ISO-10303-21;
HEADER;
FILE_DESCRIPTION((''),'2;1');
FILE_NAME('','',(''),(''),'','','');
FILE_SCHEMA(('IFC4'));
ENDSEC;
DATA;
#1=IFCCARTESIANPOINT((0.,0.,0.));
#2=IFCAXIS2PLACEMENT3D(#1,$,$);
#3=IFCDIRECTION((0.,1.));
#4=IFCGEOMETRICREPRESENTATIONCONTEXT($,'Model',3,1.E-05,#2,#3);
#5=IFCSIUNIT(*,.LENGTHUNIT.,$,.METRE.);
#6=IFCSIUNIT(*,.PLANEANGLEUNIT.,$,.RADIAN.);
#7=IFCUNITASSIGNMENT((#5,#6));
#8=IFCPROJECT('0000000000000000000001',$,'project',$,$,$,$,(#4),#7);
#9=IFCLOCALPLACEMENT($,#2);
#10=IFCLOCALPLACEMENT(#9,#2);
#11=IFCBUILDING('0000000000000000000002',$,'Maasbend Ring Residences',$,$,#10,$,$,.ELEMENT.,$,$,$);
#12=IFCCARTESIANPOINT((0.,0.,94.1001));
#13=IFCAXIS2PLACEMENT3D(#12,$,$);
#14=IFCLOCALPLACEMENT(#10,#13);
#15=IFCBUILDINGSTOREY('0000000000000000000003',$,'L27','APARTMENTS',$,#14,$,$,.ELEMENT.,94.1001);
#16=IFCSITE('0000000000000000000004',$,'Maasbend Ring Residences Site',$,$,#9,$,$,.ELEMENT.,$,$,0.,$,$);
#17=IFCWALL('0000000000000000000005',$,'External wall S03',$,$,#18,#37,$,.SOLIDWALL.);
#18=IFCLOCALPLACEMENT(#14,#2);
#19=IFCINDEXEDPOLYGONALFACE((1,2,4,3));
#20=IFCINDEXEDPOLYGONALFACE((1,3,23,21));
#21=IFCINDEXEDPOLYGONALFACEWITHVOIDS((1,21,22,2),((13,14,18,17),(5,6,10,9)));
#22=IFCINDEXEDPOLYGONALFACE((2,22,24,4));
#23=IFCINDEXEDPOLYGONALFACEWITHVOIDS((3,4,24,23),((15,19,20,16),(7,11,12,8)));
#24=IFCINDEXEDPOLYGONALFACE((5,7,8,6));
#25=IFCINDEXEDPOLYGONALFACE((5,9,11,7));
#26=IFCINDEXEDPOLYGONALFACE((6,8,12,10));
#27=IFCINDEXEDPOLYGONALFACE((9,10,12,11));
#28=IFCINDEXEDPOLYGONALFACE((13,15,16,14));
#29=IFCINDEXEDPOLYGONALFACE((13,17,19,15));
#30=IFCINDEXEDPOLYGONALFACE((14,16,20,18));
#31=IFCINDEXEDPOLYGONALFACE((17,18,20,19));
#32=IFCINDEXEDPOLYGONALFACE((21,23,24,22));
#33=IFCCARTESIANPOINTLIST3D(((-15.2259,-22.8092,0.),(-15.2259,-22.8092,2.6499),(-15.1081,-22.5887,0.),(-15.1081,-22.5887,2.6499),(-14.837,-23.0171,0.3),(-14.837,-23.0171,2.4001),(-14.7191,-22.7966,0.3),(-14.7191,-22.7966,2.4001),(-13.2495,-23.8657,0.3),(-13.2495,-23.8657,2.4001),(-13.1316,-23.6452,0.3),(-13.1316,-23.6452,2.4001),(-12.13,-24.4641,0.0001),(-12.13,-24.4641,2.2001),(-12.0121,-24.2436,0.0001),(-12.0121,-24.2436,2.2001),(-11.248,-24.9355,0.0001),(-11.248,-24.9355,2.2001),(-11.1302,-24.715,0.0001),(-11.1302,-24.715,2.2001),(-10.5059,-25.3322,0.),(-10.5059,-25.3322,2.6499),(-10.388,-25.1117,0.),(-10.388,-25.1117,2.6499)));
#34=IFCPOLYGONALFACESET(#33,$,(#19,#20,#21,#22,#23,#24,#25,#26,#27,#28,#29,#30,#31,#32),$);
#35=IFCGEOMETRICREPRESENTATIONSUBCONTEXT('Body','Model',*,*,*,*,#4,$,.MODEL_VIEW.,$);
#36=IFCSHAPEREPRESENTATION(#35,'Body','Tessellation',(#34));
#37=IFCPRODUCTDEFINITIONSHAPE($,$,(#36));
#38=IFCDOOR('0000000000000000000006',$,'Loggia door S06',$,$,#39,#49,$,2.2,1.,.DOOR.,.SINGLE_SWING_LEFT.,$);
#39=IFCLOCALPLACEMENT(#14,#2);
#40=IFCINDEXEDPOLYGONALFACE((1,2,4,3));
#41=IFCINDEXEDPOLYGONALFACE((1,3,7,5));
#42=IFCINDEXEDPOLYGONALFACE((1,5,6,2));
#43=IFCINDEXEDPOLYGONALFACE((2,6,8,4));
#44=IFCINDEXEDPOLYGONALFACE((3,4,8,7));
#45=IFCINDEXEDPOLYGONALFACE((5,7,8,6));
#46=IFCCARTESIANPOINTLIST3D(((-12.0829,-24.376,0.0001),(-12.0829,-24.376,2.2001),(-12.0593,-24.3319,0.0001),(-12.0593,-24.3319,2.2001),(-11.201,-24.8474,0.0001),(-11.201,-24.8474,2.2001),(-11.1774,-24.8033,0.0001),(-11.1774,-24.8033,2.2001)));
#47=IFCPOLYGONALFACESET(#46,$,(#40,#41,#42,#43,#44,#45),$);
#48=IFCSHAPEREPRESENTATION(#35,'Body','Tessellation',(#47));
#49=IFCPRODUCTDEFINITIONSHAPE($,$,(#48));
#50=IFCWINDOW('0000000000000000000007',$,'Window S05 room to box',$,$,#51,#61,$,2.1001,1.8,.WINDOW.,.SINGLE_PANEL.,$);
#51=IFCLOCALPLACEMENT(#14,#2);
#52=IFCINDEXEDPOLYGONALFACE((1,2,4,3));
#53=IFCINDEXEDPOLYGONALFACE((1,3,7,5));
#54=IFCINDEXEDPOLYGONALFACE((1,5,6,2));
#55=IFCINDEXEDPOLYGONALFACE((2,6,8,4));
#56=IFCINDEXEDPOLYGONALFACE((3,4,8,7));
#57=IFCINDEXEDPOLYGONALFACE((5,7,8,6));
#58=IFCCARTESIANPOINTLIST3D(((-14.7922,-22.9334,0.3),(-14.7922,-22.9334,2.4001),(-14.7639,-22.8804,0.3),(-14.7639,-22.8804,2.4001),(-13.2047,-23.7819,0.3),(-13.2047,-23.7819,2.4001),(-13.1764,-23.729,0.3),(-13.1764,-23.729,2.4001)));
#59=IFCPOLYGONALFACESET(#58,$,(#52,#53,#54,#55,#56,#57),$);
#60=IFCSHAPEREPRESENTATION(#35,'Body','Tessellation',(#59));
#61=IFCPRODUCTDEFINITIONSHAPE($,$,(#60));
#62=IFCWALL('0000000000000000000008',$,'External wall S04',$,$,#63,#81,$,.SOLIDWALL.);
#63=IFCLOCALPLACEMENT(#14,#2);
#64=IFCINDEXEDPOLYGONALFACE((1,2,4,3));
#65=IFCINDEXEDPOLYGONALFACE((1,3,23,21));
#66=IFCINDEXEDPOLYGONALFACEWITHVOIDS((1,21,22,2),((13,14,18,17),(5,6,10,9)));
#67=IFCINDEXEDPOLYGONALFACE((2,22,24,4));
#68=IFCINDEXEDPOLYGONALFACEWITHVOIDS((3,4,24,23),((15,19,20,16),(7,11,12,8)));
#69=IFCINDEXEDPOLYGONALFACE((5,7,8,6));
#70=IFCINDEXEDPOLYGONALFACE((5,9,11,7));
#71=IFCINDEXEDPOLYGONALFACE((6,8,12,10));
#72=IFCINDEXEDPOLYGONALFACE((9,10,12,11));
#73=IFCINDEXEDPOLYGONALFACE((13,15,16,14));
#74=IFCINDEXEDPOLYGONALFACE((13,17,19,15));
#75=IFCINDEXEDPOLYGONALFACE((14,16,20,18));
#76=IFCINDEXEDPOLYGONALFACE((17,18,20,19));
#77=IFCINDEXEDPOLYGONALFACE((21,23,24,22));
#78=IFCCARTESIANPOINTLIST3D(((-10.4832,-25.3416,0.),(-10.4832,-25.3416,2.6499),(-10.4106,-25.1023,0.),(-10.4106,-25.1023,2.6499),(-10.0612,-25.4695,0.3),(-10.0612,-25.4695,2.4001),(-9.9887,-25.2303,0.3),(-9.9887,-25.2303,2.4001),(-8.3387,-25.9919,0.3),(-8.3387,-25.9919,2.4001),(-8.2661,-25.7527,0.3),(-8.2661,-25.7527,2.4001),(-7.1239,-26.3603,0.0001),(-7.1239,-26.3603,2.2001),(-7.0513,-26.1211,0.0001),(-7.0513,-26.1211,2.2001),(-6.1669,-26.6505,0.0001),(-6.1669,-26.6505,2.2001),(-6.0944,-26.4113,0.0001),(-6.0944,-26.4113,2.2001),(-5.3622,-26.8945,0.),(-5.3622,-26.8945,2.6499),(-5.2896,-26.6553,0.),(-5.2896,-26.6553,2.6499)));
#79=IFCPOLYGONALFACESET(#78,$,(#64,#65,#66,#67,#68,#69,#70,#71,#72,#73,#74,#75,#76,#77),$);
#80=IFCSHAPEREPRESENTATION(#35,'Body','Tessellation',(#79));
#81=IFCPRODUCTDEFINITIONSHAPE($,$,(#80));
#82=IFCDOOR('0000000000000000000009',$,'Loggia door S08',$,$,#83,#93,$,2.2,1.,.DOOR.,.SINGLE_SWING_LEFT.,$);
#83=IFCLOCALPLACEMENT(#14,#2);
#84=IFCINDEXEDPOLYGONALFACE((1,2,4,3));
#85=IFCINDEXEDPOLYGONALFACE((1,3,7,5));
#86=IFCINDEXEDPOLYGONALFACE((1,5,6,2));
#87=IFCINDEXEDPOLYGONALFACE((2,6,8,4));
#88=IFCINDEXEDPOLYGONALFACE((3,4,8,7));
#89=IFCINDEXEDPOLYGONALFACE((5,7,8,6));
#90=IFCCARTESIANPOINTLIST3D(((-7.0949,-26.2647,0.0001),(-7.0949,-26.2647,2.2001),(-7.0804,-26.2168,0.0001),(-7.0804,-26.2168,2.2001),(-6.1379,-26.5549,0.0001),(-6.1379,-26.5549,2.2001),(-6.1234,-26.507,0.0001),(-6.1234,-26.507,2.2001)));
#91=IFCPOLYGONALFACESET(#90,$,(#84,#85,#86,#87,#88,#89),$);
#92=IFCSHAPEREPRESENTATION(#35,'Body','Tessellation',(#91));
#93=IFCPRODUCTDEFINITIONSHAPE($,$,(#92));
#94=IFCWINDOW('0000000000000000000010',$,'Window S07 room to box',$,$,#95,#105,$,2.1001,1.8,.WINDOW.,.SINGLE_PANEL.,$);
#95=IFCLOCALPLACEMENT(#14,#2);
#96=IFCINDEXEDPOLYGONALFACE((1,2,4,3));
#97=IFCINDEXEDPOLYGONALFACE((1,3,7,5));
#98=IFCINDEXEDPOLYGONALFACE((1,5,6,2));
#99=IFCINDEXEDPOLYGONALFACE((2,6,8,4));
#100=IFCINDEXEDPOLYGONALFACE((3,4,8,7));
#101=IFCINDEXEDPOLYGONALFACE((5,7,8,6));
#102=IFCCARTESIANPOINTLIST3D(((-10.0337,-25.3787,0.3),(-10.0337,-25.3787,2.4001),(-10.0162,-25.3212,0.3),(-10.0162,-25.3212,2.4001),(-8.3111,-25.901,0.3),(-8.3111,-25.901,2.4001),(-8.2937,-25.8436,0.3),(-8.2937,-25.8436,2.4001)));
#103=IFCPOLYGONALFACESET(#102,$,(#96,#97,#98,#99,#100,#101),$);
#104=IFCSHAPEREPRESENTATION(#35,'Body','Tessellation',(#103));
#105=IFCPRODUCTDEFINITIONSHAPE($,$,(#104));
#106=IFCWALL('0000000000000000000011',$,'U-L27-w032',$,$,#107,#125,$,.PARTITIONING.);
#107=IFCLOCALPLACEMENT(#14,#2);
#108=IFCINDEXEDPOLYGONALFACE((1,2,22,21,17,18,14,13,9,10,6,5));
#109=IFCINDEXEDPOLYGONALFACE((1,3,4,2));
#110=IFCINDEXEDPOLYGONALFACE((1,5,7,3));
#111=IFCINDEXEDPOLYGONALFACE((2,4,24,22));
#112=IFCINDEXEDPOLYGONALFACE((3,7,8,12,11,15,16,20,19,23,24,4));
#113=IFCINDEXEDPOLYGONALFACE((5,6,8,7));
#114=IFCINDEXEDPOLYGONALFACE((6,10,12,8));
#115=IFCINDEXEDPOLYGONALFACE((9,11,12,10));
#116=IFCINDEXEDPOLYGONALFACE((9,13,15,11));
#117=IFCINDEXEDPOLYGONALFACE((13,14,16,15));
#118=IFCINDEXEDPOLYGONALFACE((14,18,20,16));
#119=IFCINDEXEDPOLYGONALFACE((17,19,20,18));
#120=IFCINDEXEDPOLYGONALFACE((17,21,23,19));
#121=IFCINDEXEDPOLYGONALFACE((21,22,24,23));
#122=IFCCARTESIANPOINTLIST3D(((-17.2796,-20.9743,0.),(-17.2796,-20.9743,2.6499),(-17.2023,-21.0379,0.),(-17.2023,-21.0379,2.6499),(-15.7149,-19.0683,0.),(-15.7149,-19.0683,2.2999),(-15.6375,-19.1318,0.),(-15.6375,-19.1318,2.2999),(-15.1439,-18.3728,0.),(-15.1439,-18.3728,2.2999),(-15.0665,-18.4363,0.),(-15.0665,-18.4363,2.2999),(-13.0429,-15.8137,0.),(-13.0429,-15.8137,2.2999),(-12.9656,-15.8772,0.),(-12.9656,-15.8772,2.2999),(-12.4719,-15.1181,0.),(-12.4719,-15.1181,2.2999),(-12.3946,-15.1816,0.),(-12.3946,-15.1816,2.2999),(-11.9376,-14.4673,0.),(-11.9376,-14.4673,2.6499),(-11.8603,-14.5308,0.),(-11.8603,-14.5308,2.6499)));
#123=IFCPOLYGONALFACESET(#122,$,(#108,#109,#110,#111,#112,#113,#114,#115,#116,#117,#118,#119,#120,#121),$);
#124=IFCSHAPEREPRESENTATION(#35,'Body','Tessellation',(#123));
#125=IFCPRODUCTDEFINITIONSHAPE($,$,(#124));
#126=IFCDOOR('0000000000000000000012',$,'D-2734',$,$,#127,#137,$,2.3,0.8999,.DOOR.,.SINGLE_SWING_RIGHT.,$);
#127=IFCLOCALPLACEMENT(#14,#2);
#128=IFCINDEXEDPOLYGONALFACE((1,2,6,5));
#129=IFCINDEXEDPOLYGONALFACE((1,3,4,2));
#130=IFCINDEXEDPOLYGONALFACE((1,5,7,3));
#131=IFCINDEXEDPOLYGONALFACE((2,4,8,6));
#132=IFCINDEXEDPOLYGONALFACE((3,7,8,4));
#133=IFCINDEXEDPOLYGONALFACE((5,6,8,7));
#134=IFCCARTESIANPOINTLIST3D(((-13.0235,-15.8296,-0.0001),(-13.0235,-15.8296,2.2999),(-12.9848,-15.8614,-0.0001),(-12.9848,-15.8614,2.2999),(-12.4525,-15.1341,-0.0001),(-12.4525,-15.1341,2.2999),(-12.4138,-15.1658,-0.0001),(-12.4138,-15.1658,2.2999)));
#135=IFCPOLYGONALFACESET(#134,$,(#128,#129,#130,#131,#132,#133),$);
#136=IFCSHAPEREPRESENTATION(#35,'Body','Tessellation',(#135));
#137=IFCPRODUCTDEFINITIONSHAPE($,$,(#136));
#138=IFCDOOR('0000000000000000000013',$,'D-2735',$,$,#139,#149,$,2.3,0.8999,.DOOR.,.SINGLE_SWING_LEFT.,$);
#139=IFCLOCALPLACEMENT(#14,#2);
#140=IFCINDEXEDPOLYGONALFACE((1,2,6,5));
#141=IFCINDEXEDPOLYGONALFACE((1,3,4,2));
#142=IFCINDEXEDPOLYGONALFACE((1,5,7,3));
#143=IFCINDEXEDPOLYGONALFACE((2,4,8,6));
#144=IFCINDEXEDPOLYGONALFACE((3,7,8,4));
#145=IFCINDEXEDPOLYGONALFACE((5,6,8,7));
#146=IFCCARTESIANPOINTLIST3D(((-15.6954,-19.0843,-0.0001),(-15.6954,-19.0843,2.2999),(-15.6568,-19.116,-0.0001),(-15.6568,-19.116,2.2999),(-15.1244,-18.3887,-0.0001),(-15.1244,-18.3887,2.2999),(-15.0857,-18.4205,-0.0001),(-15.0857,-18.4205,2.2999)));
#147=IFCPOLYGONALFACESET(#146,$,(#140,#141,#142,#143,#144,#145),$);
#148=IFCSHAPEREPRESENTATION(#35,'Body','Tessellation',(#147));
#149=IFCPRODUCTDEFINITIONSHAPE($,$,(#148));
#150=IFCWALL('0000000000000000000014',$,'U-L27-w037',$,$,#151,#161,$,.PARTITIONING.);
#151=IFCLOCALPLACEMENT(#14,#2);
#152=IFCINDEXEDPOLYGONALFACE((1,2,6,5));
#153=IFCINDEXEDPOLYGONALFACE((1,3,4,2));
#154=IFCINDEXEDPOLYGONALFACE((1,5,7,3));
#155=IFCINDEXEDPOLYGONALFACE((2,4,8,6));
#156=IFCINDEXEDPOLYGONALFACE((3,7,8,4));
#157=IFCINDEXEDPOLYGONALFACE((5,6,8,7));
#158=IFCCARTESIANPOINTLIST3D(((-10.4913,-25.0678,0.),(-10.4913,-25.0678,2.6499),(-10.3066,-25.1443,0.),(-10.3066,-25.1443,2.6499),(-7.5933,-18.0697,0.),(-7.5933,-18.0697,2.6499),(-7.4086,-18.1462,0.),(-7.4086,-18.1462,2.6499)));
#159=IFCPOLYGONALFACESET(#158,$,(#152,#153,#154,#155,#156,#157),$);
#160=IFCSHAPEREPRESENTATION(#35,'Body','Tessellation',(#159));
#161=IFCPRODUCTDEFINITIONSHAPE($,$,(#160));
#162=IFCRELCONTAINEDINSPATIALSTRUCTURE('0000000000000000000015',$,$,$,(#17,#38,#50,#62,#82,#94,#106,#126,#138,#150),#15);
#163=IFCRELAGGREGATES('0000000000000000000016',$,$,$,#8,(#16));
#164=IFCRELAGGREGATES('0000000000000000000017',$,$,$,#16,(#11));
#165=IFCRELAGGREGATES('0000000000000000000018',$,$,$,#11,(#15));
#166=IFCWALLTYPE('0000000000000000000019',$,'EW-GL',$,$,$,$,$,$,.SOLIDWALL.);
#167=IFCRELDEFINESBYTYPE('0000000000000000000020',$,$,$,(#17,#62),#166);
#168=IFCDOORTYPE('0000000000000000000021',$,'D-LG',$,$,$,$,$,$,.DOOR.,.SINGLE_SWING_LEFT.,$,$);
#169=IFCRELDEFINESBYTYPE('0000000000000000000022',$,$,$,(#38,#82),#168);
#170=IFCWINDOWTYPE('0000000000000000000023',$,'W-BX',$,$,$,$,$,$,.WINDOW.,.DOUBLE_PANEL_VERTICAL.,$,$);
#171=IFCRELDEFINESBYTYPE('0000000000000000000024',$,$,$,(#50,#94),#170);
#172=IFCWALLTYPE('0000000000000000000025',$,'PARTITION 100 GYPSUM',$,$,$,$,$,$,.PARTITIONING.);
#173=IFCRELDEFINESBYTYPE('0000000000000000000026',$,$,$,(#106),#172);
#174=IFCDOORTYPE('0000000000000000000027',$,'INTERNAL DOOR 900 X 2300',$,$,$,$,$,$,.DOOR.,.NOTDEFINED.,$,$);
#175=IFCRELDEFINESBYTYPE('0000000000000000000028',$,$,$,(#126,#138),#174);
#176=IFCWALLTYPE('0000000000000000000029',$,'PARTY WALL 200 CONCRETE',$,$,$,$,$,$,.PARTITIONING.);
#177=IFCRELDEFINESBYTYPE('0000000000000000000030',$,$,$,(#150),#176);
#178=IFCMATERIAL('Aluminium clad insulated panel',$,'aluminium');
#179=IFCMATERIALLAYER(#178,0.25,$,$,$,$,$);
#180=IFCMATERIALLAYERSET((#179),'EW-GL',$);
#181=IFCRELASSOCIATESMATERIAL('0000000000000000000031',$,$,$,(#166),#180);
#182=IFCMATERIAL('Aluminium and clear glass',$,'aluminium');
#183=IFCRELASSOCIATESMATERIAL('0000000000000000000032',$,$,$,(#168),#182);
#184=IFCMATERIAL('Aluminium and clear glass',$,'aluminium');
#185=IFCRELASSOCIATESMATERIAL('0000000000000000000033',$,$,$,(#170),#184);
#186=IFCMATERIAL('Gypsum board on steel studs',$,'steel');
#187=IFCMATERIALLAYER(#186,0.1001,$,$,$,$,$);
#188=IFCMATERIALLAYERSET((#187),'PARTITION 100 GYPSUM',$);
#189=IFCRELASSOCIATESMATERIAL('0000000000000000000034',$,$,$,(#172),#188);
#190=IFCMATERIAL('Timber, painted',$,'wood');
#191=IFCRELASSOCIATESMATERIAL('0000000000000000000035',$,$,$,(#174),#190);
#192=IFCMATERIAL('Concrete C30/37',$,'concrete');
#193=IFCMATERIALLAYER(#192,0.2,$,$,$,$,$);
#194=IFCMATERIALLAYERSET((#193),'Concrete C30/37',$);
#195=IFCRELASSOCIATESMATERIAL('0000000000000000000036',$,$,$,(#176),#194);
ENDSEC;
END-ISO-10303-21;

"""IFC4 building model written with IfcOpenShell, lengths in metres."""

from ifc_helpers import new_model, si_unit, direction, frame, frame_2d, origin, place, context, subcontext, project, spatial, rectangle, extrude, material, layer, layer_set, type_object, element, fill, save


model = new_model("IFC4")

# Units and contexts
model_context = context("Model", 3, precision=1e-05, world=origin(), true_north=direction((0.0, 1.0)))
body_context = subcontext(model_context, "Body", "Model", "MODEL_VIEW")
ifc_project = project(units=[si_unit("LENGTHUNIT", "METRE"), si_unit("PLANEANGLEUNIT", "RADIAN")], contexts=[model_context])

# Site, building, storey
site_placement = place(None, origin())
site = spatial("IfcSite", under=ifc_project, at=site_placement, Name="Maasbend Ring Residences Site", CompositionType="ELEMENT", RefElevation=0.0)
building_placement = place(site_placement, origin())
building = spatial("IfcBuilding", under=site, at=building_placement, Name="Maasbend Ring Residences", CompositionType="ELEMENT")
storey_placement = place(building_placement, frame((0.0, 0.0, 94.1001)))
storey = spatial("IfcBuildingStorey", under=building, at=storey_placement, Name="L27", Description="APARTMENTS", CompositionType="ELEMENT", Elevation=94.1001)

# Walls, openings, doors, windows
ifc_material_1 = material(Name="Aluminium clad insulated panel", Category="aluminium")
ifc_layer_1 = layer(ifc_material_1, 0.25)
ifc_layer_set_1 = layer_set([ifc_layer_1], Name="EW-GL")
wall_type_1 = type_object("IfcWallType", Name="EW-GL", PredefinedType="SOLIDWALL", material=ifc_layer_set_1)
wall_1_placement = place(storey_placement, frame((-15.167, -22.699, 0.0), z_axis=(0.0, 0.0, 1.0), x_axis=(0.881916, -0.471407, 0.0)))
wall_1 = element("IfcWall", 1, at=wall_1_placement, inside=storey, type_object=wall_type_1, Name="External wall S03", PredefinedType="SOLIDWALL", context=body_context, shape_type="SweptSolid", body=[
    extrude(rectangle(XDim=5.3521, YDim=0.25, at=frame_2d((2.676, 0.0))), origin(), (0.0, 0.0, 1.0), 2.6499),
])
opening_1_placement = place(wall_1_placement, frame((0.4412, 0.0, 0.3)))
opening_1 = element("IfcOpeningElement", 2, at=opening_1_placement, cuts=wall_1, PredefinedType="OPENING", context=body_context, shape_type="SweptSolid", body=[
    extrude(rectangle(XDim=1.8, YDim=2.1001, at=frame_2d((0.8999, 1.05))), frame((0.0, 0.135, 0.0), z_axis=(0.0, -1.0, 0.0), x_axis=(1.0, 0.0, 0.0)), (0.0, 0.0, 1.0), 0.27),
])
opening_2_placement = place(wall_1_placement, frame((3.5105, 0.0, 0.0)))
opening_2 = element("IfcOpeningElement", 3, at=opening_2_placement, cuts=wall_1, PredefinedType="OPENING", context=body_context, shape_type="SweptSolid", body=[
    extrude(rectangle(XDim=1.0, YDim=2.2, at=frame_2d((0.5, 1.1001))), frame((0.0, 0.135, 0.0), z_axis=(0.0, -1.0, 0.0), x_axis=(1.0, 0.0, 0.0)), (0.0, 0.0, 1.0), 0.27),
])
ifc_material_2 = material(Name="Aluminium and clear glass", Category="aluminium")
door_type_1 = type_object("IfcDoorType", Name="D-LG", OperationType="SINGLE_SWING_LEFT", PredefinedType="DOOR", material=ifc_material_2)
door_1_placement = place(opening_2_placement, origin())
door_1 = element("IfcDoor", 4, at=door_1_placement, inside=storey, type_object=door_type_1, Name="Loggia door S06", OperationType="SINGLE_SWING_LEFT", OverallHeight=2.2, OverallWidth=1.0, PredefinedType="DOOR", context=body_context, shape_type="SweptSolid", body=[
    extrude(rectangle(XDim=1.0, YDim=2.2, at=frame_2d((0.5, 1.1001))), frame((0.0, 0.0249, 0.0), z_axis=(0.0, -1.0, 0.0), x_axis=(1.0, 0.0, 0.0)), (0.0, 0.0, 1.0), 0.05),
])
fill(opening_2, door_1)
ifc_material_3 = material(Name="Aluminium and clear glass", Category="aluminium")
window_type_1 = type_object("IfcWindowType", Name="W-BX", PartitioningType="DOUBLE_PANEL_VERTICAL", PredefinedType="WINDOW", material=ifc_material_3)
window_1_placement = place(opening_1_placement, origin())
window_1 = element("IfcWindow", 5, at=window_1_placement, inside=storey, type_object=window_type_1, Name="Window S05 room to box", OverallHeight=2.1001, OverallWidth=1.8, PartitioningType="SINGLE_PANEL", PredefinedType="WINDOW", context=body_context, shape_type="SweptSolid", body=[
    extrude(rectangle(XDim=1.8, YDim=2.1001, at=frame_2d((0.8999, 1.05))), frame((0.0, 0.03, 0.0), z_axis=(0.0, -1.0, 0.0), x_axis=(1.0, 0.0, 0.0)), (0.0, 0.0, 1.0), 0.0601),
])
fill(opening_1, window_1)
wall_2_placement = place(storey_placement, frame((-10.447, -25.2219, 0.0), z_axis=(0.0, 0.0, 1.0), x_axis=(0.956966, -0.290201, 0.0)))
wall_2 = element("IfcWall", 6, at=wall_2_placement, inside=storey, type_object=wall_type_1, Name="External wall S04", PredefinedType="SOLIDWALL", context=body_context, shape_type="SweptSolid", body=[
    extrude(rectangle(XDim=5.3513, YDim=0.25, at=frame_2d((2.6758, 0.0))), origin(), (0.0, 0.0, 1.0), 2.6499),
])
opening_3_placement = place(wall_2_placement, frame((0.4412, 0.0, 0.3)))
opening_3 = element("IfcOpeningElement", 7, at=opening_3_placement, cuts=wall_2, PredefinedType="OPENING", context=body_context, shape_type="SweptSolid", body=[
    extrude(rectangle(XDim=1.8, YDim=2.1001, at=frame_2d((0.8999, 1.05))), frame((0.0, 0.135, 0.0), z_axis=(0.0, -1.0, 0.0), x_axis=(1.0, 0.0, 0.0)), (0.0, 0.0, 1.0), 0.27),
])
opening_4_placement = place(wall_2_placement, frame((3.5105, 0.0, 0.0)))
opening_4 = element("IfcOpeningElement", 8, at=opening_4_placement, cuts=wall_2, PredefinedType="OPENING", context=body_context, shape_type="SweptSolid", body=[
    extrude(rectangle(XDim=1.0, YDim=2.2, at=frame_2d((0.5, 1.1001))), frame((0.0, 0.135, 0.0), z_axis=(0.0, -1.0, 0.0), x_axis=(1.0, 0.0, 0.0)), (0.0, 0.0, 1.0), 0.27),
])
door_2_placement = place(opening_4_placement, origin())
door_2 = element("IfcDoor", 9, at=door_2_placement, inside=storey, type_object=door_type_1, Name="Loggia door S08", OperationType="SINGLE_SWING_LEFT", OverallHeight=2.2, OverallWidth=1.0, PredefinedType="DOOR", context=body_context, shape_type="SweptSolid", body=[
    extrude(rectangle(XDim=1.0, YDim=2.2, at=frame_2d((0.5, 1.1001))), frame((0.0, 0.0249, 0.0), z_axis=(0.0, -1.0, 0.0), x_axis=(1.0, 0.0, 0.0)), (0.0, 0.0, 1.0), 0.05),
])
fill(opening_4, door_2)
window_2_placement = place(opening_3_placement, origin())
window_2 = element("IfcWindow", 10, at=window_2_placement, inside=storey, type_object=window_type_1, Name="Window S07 room to box", OverallHeight=2.1001, OverallWidth=1.8, PartitioningType="SINGLE_PANEL", PredefinedType="WINDOW", context=body_context, shape_type="SweptSolid", body=[
    extrude(rectangle(XDim=1.8, YDim=2.1001, at=frame_2d((0.8999, 1.05))), frame((0.0, 0.03, 0.0), z_axis=(0.0, -1.0, 0.0), x_axis=(1.0, 0.0, 0.0)), (0.0, 0.0, 1.0), 0.0601),
])
fill(opening_3, window_2)

# Wall, openings, doors
ifc_material_4 = material(Name="Gypsum board on steel studs", Category="steel")
ifc_layer_2 = layer(ifc_material_4, 0.1001)
ifc_layer_set_2 = layer_set([ifc_layer_2], Name="PARTITION 100 GYPSUM")
wall_type_2 = type_object("IfcWallType", Name="PARTITION 100 GYPSUM", PredefinedType="PARTITIONING", material=ifc_layer_set_2)
wall_3_placement = place(storey_placement, frame((-17.241, -21.0061, 0.0), z_axis=(0.0, 0.0, 1.0), x_axis=(0.634522, 0.772905, 0.0)))
wall_3 = element("IfcWall", 11, at=wall_3_placement, inside=storey, type_object=wall_type_2, Name="U-L27-w032", PredefinedType="PARTITIONING", context=body_context, shape_type="SweptSolid", body=[
    extrude(rectangle(XDim=8.4189, YDim=0.1001, at=frame_2d((4.2095, 0.0))), origin(), (0.0, 0.0, 1.0), 2.6499),
])
opening_5_placement = place(wall_3_placement, frame((6.677, 0.0, 0.0)))
opening_5 = element("IfcOpeningElement", 12, at=opening_5_placement, cuts=wall_3, PredefinedType="OPENING", context=body_context, shape_type="SweptSolid", body=[
    extrude(rectangle(XDim=0.8999, YDim=2.3, at=frame_2d((0.45, 1.1499))), frame((0.0, 0.0601, 0.0), z_axis=(0.0, -1.0, 0.0), x_axis=(1.0, 0.0, 0.0)), (0.0, 0.0, 1.0), 0.1201),
])
opening_6_placement = place(wall_3_placement, frame((2.4661, 0.0, 0.0)))
opening_6 = element("IfcOpeningElement", 13, at=opening_6_placement, cuts=wall_3, PredefinedType="OPENING", context=body_context, shape_type="SweptSolid", body=[
    extrude(rectangle(XDim=0.8999, YDim=2.3, at=frame_2d((0.45, 1.1499))), frame((0.0, 0.0601, 0.0), z_axis=(0.0, -1.0, 0.0), x_axis=(1.0, 0.0, 0.0)), (0.0, 0.0, 1.0), 0.1201),
])
ifc_material_5 = material(Name="Timber, painted", Category="wood")
door_type_2 = type_object("IfcDoorType", Name="INTERNAL DOOR 900 X 2300", OperationType="NOTDEFINED", PredefinedType="DOOR", material=ifc_material_5)
door_3_placement = place(opening_5_placement, origin())
door_3 = element("IfcDoor", 14, at=door_3_placement, inside=storey, type_object=door_type_2, Name="D-2734", OperationType="SINGLE_SWING_RIGHT", OverallHeight=2.3, OverallWidth=0.8999, PredefinedType="DOOR", context=body_context, shape_type="SweptSolid", body=[
    extrude(rectangle(XDim=0.8999, YDim=2.3, at=frame_2d((0.45, 1.1499))), frame((0.0, 0.0249, 0.0), z_axis=(0.0, -1.0, 0.0), x_axis=(1.0, 0.0, 0.0)), (0.0, 0.0, 1.0), 0.05),
])
fill(opening_5, door_3)
door_4_placement = place(opening_6_placement, origin())
door_4 = element("IfcDoor", 15, at=door_4_placement, inside=storey, type_object=door_type_2, Name="D-2735", OperationType="SINGLE_SWING_LEFT", OverallHeight=2.3, OverallWidth=0.8999, PredefinedType="DOOR", context=body_context, shape_type="SweptSolid", body=[
    extrude(rectangle(XDim=0.8999, YDim=2.3, at=frame_2d((0.45, 1.1499))), frame((0.0, 0.0249, 0.0), z_axis=(0.0, -1.0, 0.0), x_axis=(1.0, 0.0, 0.0)), (0.0, 0.0, 1.0), 0.05),
])
fill(opening_6, door_4)

# Wall
ifc_material_6 = material(Name="Concrete C30/37", Category="concrete")
ifc_layer_3 = layer(ifc_material_6, 0.2)
ifc_layer_set_3 = layer_set([ifc_layer_3], Name="Concrete C30/37")
wall_type_3 = type_object("IfcWallType", Name="PARTY WALL 200 CONCRETE", PredefinedType="PARTITIONING", material=ifc_layer_set_3)
wall_4_placement = place(storey_placement, frame((-10.3989, -25.106, 0.0), z_axis=(0.0, 0.0, 1.0), x_axis=(0.3826, 0.923914, 0.0)))
element("IfcWall", 16, at=wall_4_placement, inside=storey, type_object=wall_type_3, Name="U-L27-w037", PredefinedType="PARTITIONING", context=body_context, shape_type="SweptSolid", body=[
    extrude(rectangle(XDim=7.5745, YDim=0.2, at=frame_2d((3.7871, 0.0))), origin(), (0.0, 0.0, 1.0), 2.6499),
])

save(model, "model.ifc")
